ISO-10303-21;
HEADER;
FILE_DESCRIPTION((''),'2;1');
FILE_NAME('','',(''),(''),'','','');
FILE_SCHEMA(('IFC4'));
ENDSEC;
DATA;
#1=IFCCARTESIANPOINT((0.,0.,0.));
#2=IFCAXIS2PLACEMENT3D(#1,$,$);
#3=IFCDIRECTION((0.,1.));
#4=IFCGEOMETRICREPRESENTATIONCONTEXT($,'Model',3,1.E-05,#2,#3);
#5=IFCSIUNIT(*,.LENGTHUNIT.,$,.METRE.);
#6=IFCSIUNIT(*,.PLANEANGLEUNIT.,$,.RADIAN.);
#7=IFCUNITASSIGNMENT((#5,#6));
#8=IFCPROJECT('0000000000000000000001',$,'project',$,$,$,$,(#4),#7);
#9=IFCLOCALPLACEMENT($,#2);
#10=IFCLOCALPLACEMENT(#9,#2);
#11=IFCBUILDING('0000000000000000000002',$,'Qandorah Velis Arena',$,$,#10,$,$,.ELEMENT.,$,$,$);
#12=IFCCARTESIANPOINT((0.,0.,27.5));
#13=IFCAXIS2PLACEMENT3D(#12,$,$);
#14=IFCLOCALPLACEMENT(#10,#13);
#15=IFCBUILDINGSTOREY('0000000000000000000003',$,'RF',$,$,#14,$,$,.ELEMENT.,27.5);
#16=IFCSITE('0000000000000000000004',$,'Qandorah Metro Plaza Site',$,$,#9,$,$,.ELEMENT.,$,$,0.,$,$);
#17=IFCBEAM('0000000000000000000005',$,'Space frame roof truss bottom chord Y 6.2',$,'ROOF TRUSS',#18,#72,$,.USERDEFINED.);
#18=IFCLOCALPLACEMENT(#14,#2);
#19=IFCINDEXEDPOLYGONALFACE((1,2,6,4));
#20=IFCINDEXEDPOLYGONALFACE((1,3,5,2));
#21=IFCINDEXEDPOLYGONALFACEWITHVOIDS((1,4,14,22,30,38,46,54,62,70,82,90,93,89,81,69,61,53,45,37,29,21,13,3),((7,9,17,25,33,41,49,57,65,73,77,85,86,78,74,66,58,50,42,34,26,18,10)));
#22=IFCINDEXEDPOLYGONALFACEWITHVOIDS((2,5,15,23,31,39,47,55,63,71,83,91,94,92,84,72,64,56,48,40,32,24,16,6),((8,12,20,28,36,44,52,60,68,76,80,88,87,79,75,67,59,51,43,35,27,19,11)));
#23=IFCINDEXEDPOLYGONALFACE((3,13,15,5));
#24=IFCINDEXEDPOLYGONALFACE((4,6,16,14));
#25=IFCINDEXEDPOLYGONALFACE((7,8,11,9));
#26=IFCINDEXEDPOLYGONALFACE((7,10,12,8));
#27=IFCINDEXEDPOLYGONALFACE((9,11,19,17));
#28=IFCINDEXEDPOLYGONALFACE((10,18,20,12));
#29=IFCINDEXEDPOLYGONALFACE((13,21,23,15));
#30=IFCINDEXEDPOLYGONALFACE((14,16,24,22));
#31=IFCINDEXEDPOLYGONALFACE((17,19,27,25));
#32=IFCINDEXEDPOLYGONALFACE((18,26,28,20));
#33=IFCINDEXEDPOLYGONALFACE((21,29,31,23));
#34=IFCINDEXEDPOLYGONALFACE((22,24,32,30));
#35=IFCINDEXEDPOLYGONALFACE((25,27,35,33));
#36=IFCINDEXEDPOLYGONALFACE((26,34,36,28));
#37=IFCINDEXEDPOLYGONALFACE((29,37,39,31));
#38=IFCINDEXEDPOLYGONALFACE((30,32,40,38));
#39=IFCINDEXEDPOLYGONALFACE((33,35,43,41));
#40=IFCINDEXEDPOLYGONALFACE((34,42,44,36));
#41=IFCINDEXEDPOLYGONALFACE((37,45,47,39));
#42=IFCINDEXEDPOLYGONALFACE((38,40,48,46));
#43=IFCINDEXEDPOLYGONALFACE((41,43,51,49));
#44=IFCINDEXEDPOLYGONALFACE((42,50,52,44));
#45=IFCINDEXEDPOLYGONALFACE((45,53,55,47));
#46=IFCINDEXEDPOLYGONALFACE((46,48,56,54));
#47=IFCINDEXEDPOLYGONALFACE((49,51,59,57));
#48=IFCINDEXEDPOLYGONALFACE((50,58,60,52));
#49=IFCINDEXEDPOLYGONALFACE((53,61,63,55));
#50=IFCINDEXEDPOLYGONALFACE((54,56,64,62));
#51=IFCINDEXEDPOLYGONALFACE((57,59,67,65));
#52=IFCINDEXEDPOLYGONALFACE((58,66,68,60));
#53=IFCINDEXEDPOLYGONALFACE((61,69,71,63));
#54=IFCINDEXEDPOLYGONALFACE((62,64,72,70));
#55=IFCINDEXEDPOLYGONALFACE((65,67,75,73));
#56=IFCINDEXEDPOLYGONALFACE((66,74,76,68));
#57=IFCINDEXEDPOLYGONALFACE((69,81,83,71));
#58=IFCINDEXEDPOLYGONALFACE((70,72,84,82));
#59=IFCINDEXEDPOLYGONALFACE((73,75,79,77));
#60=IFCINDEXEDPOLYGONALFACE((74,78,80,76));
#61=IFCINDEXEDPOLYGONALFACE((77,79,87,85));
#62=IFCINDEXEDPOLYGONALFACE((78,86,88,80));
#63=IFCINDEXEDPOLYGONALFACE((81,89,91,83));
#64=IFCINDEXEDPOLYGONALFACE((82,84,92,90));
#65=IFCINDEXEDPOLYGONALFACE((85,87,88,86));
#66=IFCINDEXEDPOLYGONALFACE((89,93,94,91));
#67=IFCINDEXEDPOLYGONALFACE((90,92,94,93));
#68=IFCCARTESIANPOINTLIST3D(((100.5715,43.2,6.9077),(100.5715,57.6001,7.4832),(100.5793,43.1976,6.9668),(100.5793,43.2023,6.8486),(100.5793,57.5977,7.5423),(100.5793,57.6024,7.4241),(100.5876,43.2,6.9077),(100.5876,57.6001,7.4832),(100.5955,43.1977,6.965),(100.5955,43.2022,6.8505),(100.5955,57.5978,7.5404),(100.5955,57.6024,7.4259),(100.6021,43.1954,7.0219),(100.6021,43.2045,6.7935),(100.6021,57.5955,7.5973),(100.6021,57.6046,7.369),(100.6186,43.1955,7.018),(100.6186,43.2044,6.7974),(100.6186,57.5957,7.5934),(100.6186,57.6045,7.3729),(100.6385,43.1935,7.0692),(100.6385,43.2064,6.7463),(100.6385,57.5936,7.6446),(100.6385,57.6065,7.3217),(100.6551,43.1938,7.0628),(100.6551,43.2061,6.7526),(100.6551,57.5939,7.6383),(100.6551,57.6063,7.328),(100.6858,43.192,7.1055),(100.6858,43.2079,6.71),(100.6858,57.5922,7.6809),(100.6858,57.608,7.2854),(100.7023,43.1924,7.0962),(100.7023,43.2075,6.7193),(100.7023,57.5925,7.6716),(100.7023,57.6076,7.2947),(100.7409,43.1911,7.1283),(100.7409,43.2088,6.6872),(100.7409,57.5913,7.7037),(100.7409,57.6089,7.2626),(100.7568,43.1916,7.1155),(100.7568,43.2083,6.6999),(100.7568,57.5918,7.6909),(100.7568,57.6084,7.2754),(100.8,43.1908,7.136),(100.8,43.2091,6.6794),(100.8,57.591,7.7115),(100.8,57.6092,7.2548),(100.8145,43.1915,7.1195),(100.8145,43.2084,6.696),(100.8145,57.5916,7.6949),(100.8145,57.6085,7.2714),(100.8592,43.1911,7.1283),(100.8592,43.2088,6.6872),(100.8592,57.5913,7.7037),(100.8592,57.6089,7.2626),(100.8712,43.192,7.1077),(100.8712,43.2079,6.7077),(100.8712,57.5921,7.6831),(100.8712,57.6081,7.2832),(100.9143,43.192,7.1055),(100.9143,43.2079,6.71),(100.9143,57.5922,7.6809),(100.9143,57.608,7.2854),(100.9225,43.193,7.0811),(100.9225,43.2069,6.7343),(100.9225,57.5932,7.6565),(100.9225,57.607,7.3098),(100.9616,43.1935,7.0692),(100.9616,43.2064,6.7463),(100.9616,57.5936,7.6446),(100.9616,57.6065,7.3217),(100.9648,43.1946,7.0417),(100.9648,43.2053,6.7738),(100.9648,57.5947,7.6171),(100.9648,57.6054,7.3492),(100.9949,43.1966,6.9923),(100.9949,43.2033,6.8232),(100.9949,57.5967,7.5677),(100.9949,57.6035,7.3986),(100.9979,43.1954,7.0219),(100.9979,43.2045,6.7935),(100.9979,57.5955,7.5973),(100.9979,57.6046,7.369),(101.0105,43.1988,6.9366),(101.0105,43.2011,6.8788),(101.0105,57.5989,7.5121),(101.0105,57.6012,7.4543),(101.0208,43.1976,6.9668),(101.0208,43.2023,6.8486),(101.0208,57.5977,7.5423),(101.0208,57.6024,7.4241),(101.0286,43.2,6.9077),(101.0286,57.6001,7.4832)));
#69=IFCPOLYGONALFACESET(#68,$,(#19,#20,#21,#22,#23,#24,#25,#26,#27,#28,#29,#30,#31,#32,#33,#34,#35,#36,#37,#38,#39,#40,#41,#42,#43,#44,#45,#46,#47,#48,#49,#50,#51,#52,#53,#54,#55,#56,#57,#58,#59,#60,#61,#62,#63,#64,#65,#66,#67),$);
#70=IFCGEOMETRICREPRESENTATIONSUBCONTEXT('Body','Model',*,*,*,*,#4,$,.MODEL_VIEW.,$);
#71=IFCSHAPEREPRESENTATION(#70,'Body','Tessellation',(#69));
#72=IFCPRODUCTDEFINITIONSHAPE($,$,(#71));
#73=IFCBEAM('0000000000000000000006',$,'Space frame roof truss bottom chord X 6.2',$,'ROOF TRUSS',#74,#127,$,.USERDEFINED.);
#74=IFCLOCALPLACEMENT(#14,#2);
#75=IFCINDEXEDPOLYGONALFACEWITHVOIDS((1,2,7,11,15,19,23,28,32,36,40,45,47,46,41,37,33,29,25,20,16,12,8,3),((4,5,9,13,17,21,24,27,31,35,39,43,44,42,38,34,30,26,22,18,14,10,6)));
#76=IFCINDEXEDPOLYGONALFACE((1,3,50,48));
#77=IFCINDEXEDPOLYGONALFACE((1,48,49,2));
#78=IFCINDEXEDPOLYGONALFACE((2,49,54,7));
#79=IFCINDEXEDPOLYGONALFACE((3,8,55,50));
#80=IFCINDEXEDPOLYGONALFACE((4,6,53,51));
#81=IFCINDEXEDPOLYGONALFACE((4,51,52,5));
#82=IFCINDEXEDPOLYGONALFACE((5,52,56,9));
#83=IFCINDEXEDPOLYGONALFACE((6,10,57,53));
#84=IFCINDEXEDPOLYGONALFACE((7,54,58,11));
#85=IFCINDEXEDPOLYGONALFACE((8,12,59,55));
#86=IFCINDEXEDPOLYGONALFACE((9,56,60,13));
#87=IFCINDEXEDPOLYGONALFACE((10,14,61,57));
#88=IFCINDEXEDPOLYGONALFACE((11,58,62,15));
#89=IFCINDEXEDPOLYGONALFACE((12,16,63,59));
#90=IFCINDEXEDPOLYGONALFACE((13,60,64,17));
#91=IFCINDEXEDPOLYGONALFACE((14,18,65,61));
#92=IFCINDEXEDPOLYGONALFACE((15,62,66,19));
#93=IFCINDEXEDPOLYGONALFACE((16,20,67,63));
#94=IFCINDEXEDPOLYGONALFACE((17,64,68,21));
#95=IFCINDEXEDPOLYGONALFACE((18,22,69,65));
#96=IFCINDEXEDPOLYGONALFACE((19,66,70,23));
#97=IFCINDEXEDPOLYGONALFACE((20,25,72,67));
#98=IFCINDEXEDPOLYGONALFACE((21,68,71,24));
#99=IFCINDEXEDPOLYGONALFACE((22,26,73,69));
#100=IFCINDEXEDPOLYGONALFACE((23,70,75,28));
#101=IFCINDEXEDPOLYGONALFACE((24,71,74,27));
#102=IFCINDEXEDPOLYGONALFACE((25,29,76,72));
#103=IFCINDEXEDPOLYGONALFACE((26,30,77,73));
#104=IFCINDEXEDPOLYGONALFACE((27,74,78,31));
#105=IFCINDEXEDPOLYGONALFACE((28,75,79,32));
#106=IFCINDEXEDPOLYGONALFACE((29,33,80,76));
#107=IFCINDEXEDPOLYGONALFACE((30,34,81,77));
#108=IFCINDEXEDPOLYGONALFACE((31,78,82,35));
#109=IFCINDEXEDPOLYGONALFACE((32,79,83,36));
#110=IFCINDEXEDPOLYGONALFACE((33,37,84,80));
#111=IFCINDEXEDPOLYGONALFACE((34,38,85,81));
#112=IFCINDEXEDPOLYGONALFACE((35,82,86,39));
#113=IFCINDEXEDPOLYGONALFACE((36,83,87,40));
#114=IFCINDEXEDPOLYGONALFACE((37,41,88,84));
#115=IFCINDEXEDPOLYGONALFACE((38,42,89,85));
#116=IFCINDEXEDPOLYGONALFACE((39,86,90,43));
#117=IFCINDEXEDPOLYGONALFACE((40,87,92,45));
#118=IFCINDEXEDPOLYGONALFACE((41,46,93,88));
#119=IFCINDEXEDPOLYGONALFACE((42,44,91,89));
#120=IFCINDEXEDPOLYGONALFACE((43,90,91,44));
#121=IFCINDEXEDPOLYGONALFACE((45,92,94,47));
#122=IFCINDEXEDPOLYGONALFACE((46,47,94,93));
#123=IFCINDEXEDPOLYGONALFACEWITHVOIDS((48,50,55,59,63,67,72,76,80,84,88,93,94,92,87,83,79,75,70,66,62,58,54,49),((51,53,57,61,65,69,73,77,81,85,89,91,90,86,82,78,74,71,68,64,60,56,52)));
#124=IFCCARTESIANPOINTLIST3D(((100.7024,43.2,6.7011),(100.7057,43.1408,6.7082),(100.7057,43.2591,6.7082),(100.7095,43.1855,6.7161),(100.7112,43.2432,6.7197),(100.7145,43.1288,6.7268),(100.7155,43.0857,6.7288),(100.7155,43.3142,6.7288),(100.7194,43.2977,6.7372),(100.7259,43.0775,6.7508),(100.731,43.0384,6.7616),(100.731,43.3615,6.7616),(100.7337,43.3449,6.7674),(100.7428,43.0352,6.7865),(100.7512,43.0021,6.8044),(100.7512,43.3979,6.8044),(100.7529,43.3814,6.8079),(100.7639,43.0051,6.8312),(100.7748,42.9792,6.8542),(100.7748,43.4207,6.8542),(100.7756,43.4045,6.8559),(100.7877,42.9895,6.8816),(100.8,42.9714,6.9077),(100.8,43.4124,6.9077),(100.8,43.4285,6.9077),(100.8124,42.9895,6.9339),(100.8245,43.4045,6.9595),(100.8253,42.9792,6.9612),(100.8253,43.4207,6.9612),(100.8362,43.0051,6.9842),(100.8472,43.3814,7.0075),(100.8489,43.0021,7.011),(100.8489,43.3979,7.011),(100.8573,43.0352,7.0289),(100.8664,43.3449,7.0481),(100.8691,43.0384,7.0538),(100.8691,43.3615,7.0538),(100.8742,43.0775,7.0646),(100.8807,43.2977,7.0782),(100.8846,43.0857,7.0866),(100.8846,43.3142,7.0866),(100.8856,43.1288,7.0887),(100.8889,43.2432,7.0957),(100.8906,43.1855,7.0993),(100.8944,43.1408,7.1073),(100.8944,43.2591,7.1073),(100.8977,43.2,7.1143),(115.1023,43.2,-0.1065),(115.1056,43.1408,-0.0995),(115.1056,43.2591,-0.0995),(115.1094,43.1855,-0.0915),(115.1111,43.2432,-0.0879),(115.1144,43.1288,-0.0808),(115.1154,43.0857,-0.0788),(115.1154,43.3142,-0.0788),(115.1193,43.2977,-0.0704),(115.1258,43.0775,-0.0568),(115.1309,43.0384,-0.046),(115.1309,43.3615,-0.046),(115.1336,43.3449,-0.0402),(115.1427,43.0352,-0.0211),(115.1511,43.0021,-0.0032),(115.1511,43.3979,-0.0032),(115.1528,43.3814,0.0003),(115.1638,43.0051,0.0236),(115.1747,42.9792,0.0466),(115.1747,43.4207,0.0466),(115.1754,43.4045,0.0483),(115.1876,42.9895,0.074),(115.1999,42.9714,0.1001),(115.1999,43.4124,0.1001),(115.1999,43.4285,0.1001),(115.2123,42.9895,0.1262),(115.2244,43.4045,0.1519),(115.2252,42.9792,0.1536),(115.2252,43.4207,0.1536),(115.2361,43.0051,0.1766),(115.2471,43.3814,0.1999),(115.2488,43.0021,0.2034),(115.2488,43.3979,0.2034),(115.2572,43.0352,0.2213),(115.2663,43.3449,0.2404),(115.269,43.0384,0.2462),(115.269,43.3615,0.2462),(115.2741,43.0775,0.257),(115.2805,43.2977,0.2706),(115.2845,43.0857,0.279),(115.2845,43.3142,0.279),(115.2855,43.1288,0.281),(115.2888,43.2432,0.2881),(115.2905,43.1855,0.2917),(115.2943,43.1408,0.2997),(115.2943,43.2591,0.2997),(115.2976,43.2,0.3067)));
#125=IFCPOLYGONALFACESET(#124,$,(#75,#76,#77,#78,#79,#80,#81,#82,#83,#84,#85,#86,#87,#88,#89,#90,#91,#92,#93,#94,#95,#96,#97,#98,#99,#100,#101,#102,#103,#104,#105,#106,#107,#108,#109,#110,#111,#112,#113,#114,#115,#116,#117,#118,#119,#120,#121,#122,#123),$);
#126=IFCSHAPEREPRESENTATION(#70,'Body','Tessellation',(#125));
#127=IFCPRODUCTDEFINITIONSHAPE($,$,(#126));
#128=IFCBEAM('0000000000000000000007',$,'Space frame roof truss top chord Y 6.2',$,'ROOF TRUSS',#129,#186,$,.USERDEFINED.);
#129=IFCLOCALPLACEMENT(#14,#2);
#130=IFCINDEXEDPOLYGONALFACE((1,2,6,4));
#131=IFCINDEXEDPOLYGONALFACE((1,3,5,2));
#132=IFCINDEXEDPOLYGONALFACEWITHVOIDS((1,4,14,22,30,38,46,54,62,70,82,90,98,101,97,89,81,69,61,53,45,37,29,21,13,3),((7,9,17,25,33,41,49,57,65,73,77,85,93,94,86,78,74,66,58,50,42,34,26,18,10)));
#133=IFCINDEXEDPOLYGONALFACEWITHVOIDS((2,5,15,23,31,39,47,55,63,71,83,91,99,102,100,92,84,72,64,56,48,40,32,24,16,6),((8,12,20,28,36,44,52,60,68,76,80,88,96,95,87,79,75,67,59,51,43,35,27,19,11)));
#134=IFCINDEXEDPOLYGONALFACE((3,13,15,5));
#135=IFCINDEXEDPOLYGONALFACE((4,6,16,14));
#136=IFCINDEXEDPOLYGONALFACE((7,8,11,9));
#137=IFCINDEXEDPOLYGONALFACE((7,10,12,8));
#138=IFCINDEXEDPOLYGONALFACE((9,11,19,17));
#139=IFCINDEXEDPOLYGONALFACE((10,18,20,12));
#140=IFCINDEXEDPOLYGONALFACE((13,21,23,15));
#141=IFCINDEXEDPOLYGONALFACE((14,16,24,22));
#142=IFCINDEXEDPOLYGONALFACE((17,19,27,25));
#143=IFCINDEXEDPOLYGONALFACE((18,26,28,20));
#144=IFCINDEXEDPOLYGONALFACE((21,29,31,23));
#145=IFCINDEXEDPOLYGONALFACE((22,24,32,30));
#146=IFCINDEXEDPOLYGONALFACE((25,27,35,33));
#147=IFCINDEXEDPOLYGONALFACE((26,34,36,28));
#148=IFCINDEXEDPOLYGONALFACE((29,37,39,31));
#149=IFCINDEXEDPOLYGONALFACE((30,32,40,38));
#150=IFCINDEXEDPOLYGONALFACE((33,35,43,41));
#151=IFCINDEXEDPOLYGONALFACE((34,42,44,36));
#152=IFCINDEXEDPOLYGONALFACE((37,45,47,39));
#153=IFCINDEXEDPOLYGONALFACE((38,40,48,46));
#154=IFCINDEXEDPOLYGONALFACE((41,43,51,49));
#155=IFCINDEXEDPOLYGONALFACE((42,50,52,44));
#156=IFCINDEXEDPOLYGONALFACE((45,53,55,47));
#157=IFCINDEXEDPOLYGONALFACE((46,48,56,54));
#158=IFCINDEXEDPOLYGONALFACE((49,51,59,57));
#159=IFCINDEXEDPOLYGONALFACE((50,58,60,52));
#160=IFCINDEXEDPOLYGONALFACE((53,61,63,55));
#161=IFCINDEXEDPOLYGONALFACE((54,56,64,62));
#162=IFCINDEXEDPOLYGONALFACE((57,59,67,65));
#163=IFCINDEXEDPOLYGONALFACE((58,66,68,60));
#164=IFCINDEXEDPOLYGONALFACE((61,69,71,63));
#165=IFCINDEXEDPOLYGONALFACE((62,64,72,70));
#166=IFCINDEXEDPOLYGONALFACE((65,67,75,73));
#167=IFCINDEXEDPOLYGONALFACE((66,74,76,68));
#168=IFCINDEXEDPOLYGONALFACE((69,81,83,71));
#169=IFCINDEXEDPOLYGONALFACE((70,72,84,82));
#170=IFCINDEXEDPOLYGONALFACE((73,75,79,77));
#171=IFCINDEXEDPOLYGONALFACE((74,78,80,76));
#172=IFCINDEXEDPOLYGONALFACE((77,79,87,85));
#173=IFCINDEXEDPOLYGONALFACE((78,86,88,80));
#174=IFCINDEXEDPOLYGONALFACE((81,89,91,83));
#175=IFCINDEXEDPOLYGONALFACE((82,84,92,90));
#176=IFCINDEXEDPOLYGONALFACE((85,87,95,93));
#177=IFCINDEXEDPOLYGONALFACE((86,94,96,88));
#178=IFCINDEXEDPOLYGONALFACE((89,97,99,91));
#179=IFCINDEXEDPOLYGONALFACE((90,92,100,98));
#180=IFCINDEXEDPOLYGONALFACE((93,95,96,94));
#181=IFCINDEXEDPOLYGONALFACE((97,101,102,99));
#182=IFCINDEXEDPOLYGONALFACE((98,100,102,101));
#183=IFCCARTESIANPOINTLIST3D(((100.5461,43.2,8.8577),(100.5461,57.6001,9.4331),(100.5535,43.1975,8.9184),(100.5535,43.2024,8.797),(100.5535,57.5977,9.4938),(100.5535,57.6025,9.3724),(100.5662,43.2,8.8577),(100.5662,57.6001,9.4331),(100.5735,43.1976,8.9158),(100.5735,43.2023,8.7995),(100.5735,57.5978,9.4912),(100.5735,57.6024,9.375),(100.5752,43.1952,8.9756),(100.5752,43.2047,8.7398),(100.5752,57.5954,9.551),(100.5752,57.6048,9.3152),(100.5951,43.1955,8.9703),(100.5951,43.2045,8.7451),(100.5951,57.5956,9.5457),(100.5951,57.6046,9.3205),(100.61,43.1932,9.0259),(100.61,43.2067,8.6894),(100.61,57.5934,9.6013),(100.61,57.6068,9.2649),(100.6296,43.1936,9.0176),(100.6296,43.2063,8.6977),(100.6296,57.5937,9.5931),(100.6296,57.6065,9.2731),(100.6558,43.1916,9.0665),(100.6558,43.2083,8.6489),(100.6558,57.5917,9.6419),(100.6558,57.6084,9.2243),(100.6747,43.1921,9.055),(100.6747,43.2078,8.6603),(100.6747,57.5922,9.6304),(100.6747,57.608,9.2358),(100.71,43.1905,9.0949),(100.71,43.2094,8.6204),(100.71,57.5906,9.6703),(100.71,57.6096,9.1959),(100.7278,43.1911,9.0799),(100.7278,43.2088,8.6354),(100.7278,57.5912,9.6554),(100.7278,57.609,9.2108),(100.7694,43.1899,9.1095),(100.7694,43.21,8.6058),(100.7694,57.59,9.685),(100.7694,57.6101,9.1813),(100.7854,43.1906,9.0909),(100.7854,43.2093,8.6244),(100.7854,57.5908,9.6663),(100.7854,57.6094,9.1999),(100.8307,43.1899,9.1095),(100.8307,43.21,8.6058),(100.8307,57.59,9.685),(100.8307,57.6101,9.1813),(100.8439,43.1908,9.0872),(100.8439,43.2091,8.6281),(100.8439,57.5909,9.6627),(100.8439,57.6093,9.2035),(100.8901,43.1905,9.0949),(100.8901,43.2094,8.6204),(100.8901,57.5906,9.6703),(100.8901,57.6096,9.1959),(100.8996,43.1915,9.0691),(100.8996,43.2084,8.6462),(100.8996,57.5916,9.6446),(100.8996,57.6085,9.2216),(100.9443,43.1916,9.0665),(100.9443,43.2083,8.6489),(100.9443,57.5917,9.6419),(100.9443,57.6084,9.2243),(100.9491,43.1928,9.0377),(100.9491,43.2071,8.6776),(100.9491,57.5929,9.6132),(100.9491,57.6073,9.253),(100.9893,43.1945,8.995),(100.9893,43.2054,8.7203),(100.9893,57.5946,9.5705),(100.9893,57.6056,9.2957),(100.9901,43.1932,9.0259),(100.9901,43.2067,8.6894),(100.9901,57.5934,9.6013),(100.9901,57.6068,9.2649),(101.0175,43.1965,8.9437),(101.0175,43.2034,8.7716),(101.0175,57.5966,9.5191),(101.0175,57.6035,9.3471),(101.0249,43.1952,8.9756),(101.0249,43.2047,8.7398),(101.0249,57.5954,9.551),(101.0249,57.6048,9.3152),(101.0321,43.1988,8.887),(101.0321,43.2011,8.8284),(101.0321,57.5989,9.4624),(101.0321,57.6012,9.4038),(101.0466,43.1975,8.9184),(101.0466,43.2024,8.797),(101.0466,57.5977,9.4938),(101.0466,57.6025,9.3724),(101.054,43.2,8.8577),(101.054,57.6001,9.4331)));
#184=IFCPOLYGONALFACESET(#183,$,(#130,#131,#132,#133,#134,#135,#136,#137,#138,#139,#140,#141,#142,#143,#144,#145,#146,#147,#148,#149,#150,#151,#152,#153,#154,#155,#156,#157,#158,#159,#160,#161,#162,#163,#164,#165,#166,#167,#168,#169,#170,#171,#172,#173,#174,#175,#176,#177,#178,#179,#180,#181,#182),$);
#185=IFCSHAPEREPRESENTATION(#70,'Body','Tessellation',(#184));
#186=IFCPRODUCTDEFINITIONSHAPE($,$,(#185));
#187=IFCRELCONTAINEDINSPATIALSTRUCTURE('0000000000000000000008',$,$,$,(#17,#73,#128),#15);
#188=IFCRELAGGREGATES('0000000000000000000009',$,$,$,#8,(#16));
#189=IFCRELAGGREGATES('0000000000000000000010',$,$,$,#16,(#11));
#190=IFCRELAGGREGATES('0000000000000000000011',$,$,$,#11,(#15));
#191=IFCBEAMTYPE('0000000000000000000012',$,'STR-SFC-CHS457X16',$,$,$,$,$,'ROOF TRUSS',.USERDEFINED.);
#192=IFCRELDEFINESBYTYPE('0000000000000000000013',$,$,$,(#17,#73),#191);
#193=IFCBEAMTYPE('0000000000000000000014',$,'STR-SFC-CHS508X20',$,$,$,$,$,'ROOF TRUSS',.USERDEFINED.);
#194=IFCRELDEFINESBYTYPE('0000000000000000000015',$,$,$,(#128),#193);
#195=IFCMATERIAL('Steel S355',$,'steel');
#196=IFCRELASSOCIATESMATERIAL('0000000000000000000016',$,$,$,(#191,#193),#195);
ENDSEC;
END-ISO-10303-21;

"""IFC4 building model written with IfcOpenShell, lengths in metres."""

from ifc_helpers import new_model, si_unit, direction, frame, origin, origin_2d, place, context, subcontext, project, spatial, hollow_circle, extrude, material, material_profile, profile_set, type_object, element, save


model = new_model("IFC4")

# Units and contexts
model_context = context("Model", 3, precision=1e-05, world=origin(), true_north=direction((0.0, 1.0)))
body_context = subcontext(model_context, "Body", "Model", "MODEL_VIEW")
ifc_project = project(units=[si_unit("LENGTHUNIT", "METRE"), si_unit("PLANEANGLEUNIT", "RADIAN")], contexts=[model_context])

# Site, building, storey
site_placement = place(None, origin())
site = spatial("IfcSite", under=ifc_project, at=site_placement, Name="Qandorah Metro Plaza Site", CompositionType="ELEMENT", RefElevation=0.0)
building_placement = place(site_placement, origin())
building = spatial("IfcBuilding", under=site, at=building_placement, Name="Qandorah Velis Arena", CompositionType="ELEMENT")
storey_placement = place(building_placement, frame((0.0, 0.0, 27.5)))
storey = spatial("IfcBuildingStorey", under=building, at=storey_placement, Name="RF", CompositionType="ELEMENT", Elevation=27.5)

# Beams
ifc_material_1 = material(Name="Steel S355", Category="steel")
ifc_material_profile_1 = material_profile(ifc_material_1, hollow_circle(Radius=0.2285, WallThickness=0.0161, at=origin_2d()), Name="CHS 457x16")
ifc_profile_set_1 = profile_set([ifc_material_profile_1], Name="Steel S355")
beam_type_1 = type_object("IfcBeamType", Name="STR-SFC-CHS457X16", ElementType="ROOF TRUSS", PredefinedType="USERDEFINED", material=ifc_profile_set_1)
beam_1_placement = place(storey_placement, frame((100.8, 43.2, 6.9077), z_axis=(0.0, 0.999203, 0.039929), x_axis=(-1.0, 0.0, 0.0)))
element("IfcBeam", 1, at=beam_1_placement, inside=storey, type_object=beam_type_1, Name="Space frame roof truss bottom chord Y 6.2", ObjectType="ROOF TRUSS", PredefinedType="USERDEFINED", context=body_context, shape_type="SweptSolid", body=[
    extrude(hollow_circle(Radius=0.2285, WallThickness=0.0161, at=origin_2d()), origin(), (0.0, 0.0, 1.0), 14.4116),
])
beam_2_placement = place(storey_placement, frame((100.8, 43.2, 6.9077), z_axis=(0.904063, 0.0, -0.4274), x_axis=(0.0, 1.0, 0.0)))
element("IfcBeam", 2, at=beam_2_placement, inside=storey, type_object=beam_type_1, Name="Space frame roof truss bottom chord X 6.2", ObjectType="ROOF TRUSS", PredefinedType="USERDEFINED", context=body_context, shape_type="SweptSolid", body=[
    extrude(hollow_circle(Radius=0.2285, WallThickness=0.0161, at=origin_2d()), origin(), (0.0, 0.0, 1.0), 15.928),
])
ifc_material_profile_2 = material_profile(ifc_material_1, hollow_circle(Radius=0.2539, WallThickness=0.02, at=origin_2d()), Name="CHS 508x20")
ifc_profile_set_2 = profile_set([ifc_material_profile_2], Name="Steel S355")
beam_type_2 = type_object("IfcBeamType", Name="STR-SFC-CHS508X20", ElementType="ROOF TRUSS", PredefinedType="USERDEFINED", material=ifc_profile_set_2)
beam_3_placement = place(storey_placement, frame((100.8, 43.2, 8.8577), z_axis=(0.0, 0.999203, 0.039929), x_axis=(-1.0, 0.0, 0.0)))
element("IfcBeam", 3, at=beam_3_placement, inside=storey, type_object=beam_type_2, Name="Space frame roof truss top chord Y 6.2", ObjectType="ROOF TRUSS", PredefinedType="USERDEFINED", context=body_context, shape_type="SweptSolid", body=[
    extrude(hollow_circle(Radius=0.2539, WallThickness=0.02, at=origin_2d()), origin(), (0.0, 0.0, 1.0), 14.4116),
])

save(model, "model.ifc")
